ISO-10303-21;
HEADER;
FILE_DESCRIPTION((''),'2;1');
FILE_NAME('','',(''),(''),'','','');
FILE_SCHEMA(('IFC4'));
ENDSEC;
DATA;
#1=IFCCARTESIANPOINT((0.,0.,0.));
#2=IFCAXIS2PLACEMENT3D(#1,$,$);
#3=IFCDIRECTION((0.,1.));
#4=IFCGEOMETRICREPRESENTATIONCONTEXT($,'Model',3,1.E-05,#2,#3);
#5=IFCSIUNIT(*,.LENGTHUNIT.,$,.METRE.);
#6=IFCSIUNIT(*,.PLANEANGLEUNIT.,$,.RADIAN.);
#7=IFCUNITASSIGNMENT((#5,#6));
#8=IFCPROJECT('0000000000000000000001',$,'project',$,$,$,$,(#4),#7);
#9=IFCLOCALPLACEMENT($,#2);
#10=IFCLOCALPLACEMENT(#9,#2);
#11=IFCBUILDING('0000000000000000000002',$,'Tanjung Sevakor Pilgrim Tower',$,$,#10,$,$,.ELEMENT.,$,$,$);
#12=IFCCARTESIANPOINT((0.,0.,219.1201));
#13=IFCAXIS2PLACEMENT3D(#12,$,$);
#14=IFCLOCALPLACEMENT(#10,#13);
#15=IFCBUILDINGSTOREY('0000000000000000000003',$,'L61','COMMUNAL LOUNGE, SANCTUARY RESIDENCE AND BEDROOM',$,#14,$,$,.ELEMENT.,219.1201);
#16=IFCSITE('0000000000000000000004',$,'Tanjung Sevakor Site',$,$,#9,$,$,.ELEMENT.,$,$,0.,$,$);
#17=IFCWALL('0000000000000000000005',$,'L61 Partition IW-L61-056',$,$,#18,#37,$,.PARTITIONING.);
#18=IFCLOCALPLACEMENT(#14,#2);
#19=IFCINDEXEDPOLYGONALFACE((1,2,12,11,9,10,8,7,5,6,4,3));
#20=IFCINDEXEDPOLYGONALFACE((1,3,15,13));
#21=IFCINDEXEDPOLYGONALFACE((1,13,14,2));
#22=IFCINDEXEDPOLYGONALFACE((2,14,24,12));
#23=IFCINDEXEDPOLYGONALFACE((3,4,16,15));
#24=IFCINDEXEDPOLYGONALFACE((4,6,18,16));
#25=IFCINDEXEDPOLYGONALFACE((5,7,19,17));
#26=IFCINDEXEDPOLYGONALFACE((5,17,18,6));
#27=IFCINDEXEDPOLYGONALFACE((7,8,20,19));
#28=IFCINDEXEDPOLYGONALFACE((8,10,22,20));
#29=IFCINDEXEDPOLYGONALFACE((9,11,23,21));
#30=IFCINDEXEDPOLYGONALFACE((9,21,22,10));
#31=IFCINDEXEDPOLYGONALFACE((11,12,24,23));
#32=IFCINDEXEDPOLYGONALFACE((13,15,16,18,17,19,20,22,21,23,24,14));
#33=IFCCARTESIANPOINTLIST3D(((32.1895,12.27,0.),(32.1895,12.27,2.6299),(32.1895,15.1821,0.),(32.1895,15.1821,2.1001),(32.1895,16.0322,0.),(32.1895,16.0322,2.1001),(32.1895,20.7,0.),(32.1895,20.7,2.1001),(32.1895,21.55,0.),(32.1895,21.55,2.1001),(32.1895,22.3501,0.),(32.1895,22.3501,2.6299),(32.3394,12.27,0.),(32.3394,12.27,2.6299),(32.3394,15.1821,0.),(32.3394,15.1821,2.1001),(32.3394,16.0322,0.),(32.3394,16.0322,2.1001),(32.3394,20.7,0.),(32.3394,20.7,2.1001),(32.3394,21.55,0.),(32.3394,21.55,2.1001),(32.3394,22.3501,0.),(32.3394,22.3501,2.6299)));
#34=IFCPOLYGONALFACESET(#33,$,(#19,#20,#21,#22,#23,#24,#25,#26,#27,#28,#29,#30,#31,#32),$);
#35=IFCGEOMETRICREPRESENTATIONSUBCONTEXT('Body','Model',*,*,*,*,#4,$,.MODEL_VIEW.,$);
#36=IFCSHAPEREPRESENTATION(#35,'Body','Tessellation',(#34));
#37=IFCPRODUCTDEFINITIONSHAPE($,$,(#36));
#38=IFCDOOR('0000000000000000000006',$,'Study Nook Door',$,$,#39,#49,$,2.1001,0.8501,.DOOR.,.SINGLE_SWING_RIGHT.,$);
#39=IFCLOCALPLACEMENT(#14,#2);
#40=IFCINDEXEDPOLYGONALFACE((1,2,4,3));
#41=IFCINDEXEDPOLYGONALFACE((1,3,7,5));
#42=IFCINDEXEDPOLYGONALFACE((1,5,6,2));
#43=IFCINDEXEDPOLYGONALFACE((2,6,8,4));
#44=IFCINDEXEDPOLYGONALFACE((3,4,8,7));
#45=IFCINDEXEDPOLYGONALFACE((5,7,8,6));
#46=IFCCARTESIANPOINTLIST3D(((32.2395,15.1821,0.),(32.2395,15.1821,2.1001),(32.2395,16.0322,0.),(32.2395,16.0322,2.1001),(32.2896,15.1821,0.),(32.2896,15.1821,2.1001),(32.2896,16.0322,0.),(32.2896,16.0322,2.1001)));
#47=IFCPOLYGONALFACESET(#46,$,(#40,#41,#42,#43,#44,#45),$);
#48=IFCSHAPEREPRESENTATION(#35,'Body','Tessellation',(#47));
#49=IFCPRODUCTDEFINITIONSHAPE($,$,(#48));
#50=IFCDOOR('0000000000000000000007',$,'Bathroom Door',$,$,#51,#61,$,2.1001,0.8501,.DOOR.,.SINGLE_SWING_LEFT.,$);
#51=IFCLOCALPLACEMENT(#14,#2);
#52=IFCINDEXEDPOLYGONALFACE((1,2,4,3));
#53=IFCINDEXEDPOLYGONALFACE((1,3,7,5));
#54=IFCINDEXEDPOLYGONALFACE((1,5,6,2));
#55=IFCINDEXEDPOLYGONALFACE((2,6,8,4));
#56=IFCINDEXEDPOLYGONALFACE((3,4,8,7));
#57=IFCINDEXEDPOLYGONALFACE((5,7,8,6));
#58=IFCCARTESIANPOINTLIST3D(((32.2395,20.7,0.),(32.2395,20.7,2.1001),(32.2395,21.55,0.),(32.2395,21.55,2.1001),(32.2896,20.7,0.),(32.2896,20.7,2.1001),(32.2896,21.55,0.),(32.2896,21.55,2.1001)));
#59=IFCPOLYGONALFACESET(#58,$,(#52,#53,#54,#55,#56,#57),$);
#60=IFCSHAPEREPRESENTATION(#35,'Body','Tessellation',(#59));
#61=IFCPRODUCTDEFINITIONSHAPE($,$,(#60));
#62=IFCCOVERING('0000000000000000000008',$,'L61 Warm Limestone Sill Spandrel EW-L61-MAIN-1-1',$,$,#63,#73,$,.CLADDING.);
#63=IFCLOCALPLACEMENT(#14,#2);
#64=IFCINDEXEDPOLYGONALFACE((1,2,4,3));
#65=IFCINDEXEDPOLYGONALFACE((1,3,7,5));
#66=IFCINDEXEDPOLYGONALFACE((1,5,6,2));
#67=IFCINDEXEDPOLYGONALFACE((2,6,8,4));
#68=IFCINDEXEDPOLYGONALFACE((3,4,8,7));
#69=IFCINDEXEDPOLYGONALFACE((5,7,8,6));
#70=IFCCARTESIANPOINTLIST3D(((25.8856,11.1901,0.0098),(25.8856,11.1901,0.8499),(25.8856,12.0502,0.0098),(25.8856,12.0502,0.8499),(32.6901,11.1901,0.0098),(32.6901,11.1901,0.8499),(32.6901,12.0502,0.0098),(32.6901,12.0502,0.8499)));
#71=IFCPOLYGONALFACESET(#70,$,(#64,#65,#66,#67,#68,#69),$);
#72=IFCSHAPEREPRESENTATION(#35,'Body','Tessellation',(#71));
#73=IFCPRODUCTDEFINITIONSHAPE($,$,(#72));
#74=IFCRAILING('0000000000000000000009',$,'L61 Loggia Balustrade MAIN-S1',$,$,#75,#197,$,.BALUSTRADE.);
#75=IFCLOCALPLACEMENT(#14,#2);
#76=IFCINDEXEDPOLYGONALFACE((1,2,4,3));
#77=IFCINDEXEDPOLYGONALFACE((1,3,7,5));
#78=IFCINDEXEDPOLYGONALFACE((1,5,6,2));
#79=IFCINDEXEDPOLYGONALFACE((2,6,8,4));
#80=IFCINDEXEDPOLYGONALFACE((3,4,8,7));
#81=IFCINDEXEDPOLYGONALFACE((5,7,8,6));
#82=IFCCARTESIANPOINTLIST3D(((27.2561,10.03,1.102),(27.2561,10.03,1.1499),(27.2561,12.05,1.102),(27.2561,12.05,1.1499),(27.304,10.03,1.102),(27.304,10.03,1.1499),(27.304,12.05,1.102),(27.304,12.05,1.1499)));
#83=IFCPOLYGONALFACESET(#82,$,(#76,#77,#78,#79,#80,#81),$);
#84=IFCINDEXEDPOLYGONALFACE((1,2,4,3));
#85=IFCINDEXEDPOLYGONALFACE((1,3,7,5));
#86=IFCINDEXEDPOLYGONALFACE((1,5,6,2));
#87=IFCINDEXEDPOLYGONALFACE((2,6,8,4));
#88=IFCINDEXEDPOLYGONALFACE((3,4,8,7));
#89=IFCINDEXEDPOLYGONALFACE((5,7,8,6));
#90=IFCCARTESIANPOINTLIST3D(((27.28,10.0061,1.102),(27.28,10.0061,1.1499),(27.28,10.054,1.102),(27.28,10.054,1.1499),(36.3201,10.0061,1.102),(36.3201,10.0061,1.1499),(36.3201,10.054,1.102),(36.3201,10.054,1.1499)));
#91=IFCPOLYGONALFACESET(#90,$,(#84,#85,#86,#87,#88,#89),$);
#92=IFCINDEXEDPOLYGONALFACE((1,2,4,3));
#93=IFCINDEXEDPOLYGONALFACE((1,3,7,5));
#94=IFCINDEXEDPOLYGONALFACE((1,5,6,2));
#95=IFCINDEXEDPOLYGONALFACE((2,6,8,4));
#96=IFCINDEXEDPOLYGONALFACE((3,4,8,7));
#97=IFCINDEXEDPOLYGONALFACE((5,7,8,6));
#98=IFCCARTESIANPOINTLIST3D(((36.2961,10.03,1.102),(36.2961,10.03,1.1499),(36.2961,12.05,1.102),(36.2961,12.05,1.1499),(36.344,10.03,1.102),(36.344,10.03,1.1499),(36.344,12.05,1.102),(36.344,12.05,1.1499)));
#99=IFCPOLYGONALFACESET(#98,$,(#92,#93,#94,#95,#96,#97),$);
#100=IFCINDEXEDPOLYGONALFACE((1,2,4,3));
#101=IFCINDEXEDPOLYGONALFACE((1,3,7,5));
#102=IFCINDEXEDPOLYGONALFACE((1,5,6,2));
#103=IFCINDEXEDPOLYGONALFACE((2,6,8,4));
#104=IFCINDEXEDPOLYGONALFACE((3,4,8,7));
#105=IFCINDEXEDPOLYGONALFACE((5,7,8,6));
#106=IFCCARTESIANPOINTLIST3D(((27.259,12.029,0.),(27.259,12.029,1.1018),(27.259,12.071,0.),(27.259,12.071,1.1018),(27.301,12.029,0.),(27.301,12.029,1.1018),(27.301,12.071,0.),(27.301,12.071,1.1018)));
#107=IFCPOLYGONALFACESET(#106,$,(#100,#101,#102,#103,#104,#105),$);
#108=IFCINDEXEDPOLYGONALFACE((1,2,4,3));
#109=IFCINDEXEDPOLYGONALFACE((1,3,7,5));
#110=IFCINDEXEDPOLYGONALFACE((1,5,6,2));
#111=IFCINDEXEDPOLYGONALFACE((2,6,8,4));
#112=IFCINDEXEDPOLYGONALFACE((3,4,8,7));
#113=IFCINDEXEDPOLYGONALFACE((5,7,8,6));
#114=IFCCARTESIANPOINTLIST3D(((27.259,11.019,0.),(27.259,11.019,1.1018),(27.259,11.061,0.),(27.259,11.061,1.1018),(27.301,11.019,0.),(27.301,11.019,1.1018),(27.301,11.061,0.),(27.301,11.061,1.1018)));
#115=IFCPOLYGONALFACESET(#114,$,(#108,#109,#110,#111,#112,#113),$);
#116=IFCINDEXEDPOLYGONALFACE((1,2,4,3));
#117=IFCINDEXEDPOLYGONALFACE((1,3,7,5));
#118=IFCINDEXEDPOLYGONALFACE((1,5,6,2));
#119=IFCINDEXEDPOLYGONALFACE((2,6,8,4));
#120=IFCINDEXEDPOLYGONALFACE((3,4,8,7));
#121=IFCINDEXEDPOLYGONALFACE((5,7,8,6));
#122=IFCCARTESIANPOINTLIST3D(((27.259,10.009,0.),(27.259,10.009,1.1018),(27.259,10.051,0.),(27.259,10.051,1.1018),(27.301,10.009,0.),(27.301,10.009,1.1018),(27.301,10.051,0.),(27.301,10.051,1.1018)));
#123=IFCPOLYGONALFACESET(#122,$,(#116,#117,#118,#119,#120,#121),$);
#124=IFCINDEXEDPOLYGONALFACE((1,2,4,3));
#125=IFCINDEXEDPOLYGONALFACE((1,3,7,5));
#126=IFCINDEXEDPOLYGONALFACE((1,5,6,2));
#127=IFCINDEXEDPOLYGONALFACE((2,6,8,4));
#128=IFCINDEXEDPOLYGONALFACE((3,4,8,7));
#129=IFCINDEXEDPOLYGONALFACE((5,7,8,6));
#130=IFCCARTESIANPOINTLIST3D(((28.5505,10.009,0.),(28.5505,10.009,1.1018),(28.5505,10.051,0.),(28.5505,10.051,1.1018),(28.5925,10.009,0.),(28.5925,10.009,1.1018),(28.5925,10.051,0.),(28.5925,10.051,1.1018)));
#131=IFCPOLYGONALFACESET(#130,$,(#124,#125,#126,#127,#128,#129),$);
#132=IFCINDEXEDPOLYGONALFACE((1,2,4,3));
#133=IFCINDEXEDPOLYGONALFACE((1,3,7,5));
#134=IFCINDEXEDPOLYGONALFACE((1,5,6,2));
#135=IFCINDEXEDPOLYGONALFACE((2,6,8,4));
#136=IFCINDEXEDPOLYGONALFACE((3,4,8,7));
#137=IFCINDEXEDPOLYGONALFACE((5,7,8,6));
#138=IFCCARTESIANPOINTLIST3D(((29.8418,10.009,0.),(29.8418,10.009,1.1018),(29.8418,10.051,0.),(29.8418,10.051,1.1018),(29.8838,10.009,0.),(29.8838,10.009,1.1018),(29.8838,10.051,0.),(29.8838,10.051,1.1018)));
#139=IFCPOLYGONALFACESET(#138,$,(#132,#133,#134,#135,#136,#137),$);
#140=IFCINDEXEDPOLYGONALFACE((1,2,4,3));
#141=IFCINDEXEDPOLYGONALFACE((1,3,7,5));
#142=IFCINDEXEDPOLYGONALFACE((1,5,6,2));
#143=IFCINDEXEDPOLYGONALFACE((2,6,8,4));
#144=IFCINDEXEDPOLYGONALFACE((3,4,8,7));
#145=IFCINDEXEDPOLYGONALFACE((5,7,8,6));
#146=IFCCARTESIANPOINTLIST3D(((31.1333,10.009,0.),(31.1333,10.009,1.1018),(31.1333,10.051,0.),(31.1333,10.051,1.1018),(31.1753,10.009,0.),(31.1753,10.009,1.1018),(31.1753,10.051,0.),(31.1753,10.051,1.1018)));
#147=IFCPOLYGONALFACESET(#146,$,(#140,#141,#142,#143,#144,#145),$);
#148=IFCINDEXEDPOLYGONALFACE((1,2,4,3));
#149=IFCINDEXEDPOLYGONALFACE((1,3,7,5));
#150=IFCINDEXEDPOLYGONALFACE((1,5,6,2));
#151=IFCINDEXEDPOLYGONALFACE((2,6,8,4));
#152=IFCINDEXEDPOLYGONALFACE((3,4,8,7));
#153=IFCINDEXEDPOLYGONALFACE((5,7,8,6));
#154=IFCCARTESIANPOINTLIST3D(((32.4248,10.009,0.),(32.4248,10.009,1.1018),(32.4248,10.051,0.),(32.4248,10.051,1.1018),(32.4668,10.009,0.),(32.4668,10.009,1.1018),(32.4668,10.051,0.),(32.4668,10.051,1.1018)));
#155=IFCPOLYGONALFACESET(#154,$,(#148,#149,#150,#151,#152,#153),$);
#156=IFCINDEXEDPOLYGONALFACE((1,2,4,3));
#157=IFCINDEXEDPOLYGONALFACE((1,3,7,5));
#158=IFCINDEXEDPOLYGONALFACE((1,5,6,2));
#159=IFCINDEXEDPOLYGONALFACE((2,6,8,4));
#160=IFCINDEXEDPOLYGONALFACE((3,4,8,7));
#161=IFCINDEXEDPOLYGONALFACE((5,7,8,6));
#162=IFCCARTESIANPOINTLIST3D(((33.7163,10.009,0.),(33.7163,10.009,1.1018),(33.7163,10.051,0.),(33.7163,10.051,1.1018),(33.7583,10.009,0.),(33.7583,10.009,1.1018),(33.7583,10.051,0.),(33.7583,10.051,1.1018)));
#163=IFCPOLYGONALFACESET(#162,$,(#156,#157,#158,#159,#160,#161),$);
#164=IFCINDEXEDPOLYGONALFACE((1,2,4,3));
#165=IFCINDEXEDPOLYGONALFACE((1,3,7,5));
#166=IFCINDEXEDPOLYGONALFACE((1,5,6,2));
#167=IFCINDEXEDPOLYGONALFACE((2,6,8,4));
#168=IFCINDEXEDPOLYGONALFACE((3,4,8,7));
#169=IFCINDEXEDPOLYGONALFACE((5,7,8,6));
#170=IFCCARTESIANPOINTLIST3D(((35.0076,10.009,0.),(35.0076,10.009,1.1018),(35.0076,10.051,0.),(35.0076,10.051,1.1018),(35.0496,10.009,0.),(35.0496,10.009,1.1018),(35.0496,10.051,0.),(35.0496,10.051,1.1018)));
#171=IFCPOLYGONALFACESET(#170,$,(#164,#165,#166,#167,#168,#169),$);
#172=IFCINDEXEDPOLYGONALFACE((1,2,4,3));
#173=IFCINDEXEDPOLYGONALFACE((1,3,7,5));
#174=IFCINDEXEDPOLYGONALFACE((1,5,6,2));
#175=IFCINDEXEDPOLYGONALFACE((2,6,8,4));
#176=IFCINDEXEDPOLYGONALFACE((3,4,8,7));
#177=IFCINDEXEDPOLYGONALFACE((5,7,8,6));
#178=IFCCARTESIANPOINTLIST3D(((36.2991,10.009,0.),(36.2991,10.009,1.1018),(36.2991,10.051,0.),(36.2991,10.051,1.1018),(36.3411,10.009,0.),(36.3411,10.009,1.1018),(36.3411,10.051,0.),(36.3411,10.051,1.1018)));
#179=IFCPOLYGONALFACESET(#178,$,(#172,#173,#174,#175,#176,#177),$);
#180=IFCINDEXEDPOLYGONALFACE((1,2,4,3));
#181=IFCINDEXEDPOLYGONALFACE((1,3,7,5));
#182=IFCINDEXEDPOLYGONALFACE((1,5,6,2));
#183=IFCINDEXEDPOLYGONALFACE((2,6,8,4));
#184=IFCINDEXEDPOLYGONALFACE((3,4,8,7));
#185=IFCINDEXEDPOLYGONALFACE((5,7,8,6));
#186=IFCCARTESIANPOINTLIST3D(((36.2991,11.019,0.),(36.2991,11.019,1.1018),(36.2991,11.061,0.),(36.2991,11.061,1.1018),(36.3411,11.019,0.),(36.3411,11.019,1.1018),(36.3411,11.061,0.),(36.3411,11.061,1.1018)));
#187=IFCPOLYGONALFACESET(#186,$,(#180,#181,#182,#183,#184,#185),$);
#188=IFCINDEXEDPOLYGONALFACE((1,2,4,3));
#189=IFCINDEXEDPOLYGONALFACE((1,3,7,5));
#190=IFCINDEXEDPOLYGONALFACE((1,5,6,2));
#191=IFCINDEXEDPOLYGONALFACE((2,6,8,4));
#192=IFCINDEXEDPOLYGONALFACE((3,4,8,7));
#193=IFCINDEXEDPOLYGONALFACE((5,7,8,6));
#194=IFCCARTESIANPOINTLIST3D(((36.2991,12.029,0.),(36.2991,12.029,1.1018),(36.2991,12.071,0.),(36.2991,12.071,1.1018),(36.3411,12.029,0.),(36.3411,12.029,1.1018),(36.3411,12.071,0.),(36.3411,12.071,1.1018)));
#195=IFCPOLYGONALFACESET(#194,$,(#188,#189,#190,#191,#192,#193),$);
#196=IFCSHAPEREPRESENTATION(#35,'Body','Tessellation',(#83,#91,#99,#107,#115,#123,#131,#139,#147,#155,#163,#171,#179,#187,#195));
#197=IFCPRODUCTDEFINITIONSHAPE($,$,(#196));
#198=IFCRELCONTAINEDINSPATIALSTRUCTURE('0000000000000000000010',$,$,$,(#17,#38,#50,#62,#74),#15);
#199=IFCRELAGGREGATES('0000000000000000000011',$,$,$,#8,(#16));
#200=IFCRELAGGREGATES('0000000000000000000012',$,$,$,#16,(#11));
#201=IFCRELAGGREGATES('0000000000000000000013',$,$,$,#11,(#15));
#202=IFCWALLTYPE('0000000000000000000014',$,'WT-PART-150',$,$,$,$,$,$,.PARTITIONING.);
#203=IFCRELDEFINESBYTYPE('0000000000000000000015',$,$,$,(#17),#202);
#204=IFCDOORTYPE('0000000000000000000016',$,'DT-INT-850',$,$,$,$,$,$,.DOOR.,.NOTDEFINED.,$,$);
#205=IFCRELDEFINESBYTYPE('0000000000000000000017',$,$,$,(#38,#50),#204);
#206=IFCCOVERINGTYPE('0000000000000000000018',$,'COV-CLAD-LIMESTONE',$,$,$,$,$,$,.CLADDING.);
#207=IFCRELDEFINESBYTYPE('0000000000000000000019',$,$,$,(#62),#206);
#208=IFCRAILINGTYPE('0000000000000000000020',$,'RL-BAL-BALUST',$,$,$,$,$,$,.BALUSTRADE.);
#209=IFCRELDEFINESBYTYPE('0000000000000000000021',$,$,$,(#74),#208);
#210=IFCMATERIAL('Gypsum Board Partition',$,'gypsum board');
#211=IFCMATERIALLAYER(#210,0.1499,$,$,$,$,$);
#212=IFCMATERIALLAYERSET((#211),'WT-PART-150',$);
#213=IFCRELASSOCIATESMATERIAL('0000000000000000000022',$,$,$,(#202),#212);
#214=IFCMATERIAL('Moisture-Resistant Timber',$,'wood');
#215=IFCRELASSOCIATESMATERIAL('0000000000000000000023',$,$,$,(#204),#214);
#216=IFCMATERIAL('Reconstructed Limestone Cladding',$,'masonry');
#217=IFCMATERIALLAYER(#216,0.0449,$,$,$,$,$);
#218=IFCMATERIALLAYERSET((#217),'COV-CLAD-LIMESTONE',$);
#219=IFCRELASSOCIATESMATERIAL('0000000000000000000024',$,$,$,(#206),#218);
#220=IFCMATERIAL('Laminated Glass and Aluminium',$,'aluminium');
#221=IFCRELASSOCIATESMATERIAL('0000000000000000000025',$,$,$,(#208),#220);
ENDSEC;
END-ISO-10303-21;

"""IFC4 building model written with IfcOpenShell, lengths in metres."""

from ifc_helpers import new_model, si_unit, direction, frame, frame_2d, origin, origin_2d, place, context, subcontext, project, spatial, rectangle, extrude, material, layer, layer_set, type_object, element, fill, save


model = new_model("IFC4")

# Units and contexts
model_context = context("Model", 3, precision=1e-05, world=origin(), true_north=direction((0.0, 1.0)))
body_context = subcontext(model_context, "Body", "Model", "MODEL_VIEW")
ifc_project = project(units=[si_unit("LENGTHUNIT", "METRE"), si_unit("PLANEANGLEUNIT", "RADIAN")], contexts=[model_context])

# Site, building, storey
site_placement = place(None, origin())
site = spatial("IfcSite", under=ifc_project, at=site_placement, Name="Tanjung Sevakor Site", CompositionType="ELEMENT", RefElevation=0.0)
building_placement = place(site_placement, origin())
building = spatial("IfcBuilding", under=site, at=building_placement, Name="Tanjung Sevakor Pilgrim Tower", CompositionType="ELEMENT")
storey_placement = place(building_placement, frame((0.0, 0.0, 219.1201)))
storey = spatial("IfcBuildingStorey", under=building, at=storey_placement, Name="L61", Description="COMMUNAL LOUNGE, SANCTUARY RESIDENCE AND BEDROOM", CompositionType="ELEMENT", Elevation=219.1201)

# Shared definitions
ifc_material_1 = material(Name="Gypsum Board Partition", Category="gypsum board")
ifc_layer_1 = layer(ifc_material_1, 0.1499)
ifc_layer_set_1 = layer_set([ifc_layer_1], Name="WT-PART-150")
wall_type_1 = type_object("IfcWallType", Name="WT-PART-150", PredefinedType="PARTITIONING", material=ifc_layer_set_1)

# Wall, openings, doors
wall_1_placement = place(storey_placement, frame((32.2644, 12.27, 0.0), z_axis=(0.0, 0.0, 1.0), x_axis=(0.0, 1.0, 0.0)))
wall_1 = element("IfcWall", 1, at=wall_1_placement, inside=storey, type_object=wall_type_1, Name="L61 Partition IW-L61-056", PredefinedType="PARTITIONING", context=body_context, shape_type="SweptSolid", body=[
    extrude(rectangle(XDim=10.0801, YDim=0.1499, at=frame_2d((5.04, 0.0))), origin(), (0.0, 0.0, 1.0), 2.6299),
])
opening_1_placement = place(wall_1_placement, frame((2.9121, 0.0, 0.0)))
opening_1 = element("IfcOpeningElement", 2, at=opening_1_placement, cuts=wall_1, PredefinedType="OPENING", context=body_context, shape_type="SweptSolid", body=[
    extrude(rectangle(XDim=0.8501, YDim=2.1001, at=frame_2d((0.425, 1.05))), frame((0.0, 0.085, 0.0), z_axis=(0.0, -1.0, 0.0), x_axis=(1.0, 0.0, 0.0)), (0.0, 0.0, 1.0), 0.1699),
])
opening_2_placement = place(wall_1_placement, frame((8.4299, 0.0, 0.0)))
opening_2 = element("IfcOpeningElement", 3, at=opening_2_placement, cuts=wall_1, PredefinedType="OPENING", context=body_context, shape_type="SweptSolid", body=[
    extrude(rectangle(XDim=0.8501, YDim=2.1001, at=frame_2d((0.425, 1.05))), frame((0.0, 0.085, 0.0), z_axis=(0.0, -1.0, 0.0), x_axis=(1.0, 0.0, 0.0)), (0.0, 0.0, 1.0), 0.1699),
])
ifc_material_2 = material(Name="Moisture-Resistant Timber", Category="wood")
door_type_1 = type_object("IfcDoorType", Name="DT-INT-850", OperationType="NOTDEFINED", PredefinedType="DOOR", material=ifc_material_2)
door_1_placement = place(opening_1_placement, origin())
door_1 = element("IfcDoor", 4, at=door_1_placement, inside=storey, type_object=door_type_1, Name="Study Nook Door", OperationType="SINGLE_SWING_RIGHT", OverallHeight=2.1001, OverallWidth=0.8501, PredefinedType="DOOR", context=body_context, shape_type="SweptSolid", body=[
    extrude(rectangle(XDim=0.8501, YDim=2.1001, at=frame_2d((0.425, 1.05))), frame((0.0, 0.0249, 0.0), z_axis=(0.0, -1.0, 0.0), x_axis=(1.0, 0.0, 0.0)), (0.0, 0.0, 1.0), 0.05),
])
fill(opening_1, door_1)
door_2_placement = place(opening_2_placement, origin())
door_2 = element("IfcDoor", 5, at=door_2_placement, inside=storey, type_object=door_type_1, Name="Bathroom Door", OperationType="SINGLE_SWING_LEFT", OverallHeight=2.1001, OverallWidth=0.8501, PredefinedType="DOOR", context=body_context, shape_type="SweptSolid", body=[
    extrude(rectangle(XDim=0.8501, YDim=2.1001, at=frame_2d((0.425, 1.05))), frame((0.0, 0.0249, 0.0), z_axis=(0.0, -1.0, 0.0), x_axis=(1.0, 0.0, 0.0)), (0.0, 0.0, 1.0), 0.05),
])
fill(opening_2, door_2)

# Covering
ifc_material_3 = material(Name="Reconstructed Limestone Cladding", Category="masonry")
ifc_layer_2 = layer(ifc_material_3, 0.0449)
ifc_layer_set_2 = layer_set([ifc_layer_2], Name="COV-CLAD-LIMESTONE")
covering_type = type_object("IfcCoveringType", Name="COV-CLAD-LIMESTONE", PredefinedType="CLADDING", material=ifc_layer_set_2)
covering_placement = place(storey_placement, frame((29.2878, 11.6201, 0.0098), z_axis=(0.0, 0.0, 1.0), x_axis=(1.0, 0.0, 0.0)))
element("IfcCovering", 6, at=covering_placement, inside=storey, type_object=covering_type, Name="L61 Warm Limestone Sill Spandrel EW-L61-MAIN-1-1", PredefinedType="CLADDING", context=body_context, shape_type="SweptSolid", body=[
    extrude(rectangle(XDim=6.8044, YDim=0.8601, at=origin_2d()), origin(), (0.0, 0.0, 1.0), 0.8401),
])

# Railing
ifc_material_4 = material(Name="Laminated Glass and Aluminium", Category="aluminium")
railing_type_1 = type_object("IfcRailingType", Name="RL-BAL-BALUST", PredefinedType="BALUSTRADE", material=ifc_material_4)
railing_1_placement = place(storey_placement, frame((27.28, 12.05, 0.0)))
element("IfcRailing", 7, at=railing_1_placement, inside=storey, type_object=railing_type_1, Name="L61 Loggia Balustrade MAIN-S1", PredefinedType="BALUSTRADE", context=body_context, shape_type="SweptSolid", body=[
    extrude(rectangle(XDim=0.0479, YDim=0.0479), frame((0.0, 0.0, 1.126), z_axis=(0.0, -1.0, 0.0), x_axis=(1.0, 0.0, 0.0)), (0.0, 0.0, 1.0), 2.02),
    extrude(rectangle(XDim=0.0479, YDim=0.0479), frame((0.0, -2.02, 1.126), z_axis=(1.0, 0.0, 0.0), x_axis=(0.0, 1.0, 0.0)), (0.0, 0.0, 1.0), 9.04),
    extrude(rectangle(XDim=0.0479, YDim=0.0479), frame((9.04, -2.02, 1.126), z_axis=(0.0, 1.0, 0.0), x_axis=(-1.0, 0.0, 0.0)), (0.0, 0.0, 1.0), 2.02),
    extrude(rectangle(XDim=0.042, YDim=0.042), origin(), (0.0, 0.0, 1.0), 1.1018),
    extrude(rectangle(XDim=0.042, YDim=0.042), frame((0.0, -1.01, 0.0)), (0.0, 0.0, 1.0), 1.1018),
    extrude(rectangle(XDim=0.042, YDim=0.042), frame((0.0, -2.02, 0.0)), (0.0, 0.0, 1.0), 1.1018),
    extrude(rectangle(XDim=0.042, YDim=0.042), frame((1.2915, -2.02, 0.0)), (0.0, 0.0, 1.0), 1.1018),
    extrude(rectangle(XDim=0.042, YDim=0.042), frame((2.5828, -2.02, 0.0)), (0.0, 0.0, 1.0), 1.1018),
    extrude(rectangle(XDim=0.042, YDim=0.042), frame((3.8743, -2.02, 0.0)), (0.0, 0.0, 1.0), 1.1018),
    extrude(rectangle(XDim=0.042, YDim=0.042), frame((5.1658, -2.02, 0.0)), (0.0, 0.0, 1.0), 1.1018),
    extrude(rectangle(XDim=0.042, YDim=0.042), frame((6.4573, -2.02, 0.0)), (0.0, 0.0, 1.0), 1.1018),
    extrude(rectangle(XDim=0.042, YDim=0.042), frame((7.7485, -2.02, 0.0)), (0.0, 0.0, 1.0), 1.1018),
    extrude(rectangle(XDim=0.042, YDim=0.042), frame((9.04, -2.02, 0.0)), (0.0, 0.0, 1.0), 1.1018),
    extrude(rectangle(XDim=0.042, YDim=0.042), frame((9.04, -1.01, 0.0)), (0.0, 0.0, 1.0), 1.1018),
    extrude(rectangle(XDim=0.042, YDim=0.042), frame((9.04, 0.0, 0.0)), (0.0, 0.0, 1.0), 1.1018),
])

save(model, "model.ifc")
